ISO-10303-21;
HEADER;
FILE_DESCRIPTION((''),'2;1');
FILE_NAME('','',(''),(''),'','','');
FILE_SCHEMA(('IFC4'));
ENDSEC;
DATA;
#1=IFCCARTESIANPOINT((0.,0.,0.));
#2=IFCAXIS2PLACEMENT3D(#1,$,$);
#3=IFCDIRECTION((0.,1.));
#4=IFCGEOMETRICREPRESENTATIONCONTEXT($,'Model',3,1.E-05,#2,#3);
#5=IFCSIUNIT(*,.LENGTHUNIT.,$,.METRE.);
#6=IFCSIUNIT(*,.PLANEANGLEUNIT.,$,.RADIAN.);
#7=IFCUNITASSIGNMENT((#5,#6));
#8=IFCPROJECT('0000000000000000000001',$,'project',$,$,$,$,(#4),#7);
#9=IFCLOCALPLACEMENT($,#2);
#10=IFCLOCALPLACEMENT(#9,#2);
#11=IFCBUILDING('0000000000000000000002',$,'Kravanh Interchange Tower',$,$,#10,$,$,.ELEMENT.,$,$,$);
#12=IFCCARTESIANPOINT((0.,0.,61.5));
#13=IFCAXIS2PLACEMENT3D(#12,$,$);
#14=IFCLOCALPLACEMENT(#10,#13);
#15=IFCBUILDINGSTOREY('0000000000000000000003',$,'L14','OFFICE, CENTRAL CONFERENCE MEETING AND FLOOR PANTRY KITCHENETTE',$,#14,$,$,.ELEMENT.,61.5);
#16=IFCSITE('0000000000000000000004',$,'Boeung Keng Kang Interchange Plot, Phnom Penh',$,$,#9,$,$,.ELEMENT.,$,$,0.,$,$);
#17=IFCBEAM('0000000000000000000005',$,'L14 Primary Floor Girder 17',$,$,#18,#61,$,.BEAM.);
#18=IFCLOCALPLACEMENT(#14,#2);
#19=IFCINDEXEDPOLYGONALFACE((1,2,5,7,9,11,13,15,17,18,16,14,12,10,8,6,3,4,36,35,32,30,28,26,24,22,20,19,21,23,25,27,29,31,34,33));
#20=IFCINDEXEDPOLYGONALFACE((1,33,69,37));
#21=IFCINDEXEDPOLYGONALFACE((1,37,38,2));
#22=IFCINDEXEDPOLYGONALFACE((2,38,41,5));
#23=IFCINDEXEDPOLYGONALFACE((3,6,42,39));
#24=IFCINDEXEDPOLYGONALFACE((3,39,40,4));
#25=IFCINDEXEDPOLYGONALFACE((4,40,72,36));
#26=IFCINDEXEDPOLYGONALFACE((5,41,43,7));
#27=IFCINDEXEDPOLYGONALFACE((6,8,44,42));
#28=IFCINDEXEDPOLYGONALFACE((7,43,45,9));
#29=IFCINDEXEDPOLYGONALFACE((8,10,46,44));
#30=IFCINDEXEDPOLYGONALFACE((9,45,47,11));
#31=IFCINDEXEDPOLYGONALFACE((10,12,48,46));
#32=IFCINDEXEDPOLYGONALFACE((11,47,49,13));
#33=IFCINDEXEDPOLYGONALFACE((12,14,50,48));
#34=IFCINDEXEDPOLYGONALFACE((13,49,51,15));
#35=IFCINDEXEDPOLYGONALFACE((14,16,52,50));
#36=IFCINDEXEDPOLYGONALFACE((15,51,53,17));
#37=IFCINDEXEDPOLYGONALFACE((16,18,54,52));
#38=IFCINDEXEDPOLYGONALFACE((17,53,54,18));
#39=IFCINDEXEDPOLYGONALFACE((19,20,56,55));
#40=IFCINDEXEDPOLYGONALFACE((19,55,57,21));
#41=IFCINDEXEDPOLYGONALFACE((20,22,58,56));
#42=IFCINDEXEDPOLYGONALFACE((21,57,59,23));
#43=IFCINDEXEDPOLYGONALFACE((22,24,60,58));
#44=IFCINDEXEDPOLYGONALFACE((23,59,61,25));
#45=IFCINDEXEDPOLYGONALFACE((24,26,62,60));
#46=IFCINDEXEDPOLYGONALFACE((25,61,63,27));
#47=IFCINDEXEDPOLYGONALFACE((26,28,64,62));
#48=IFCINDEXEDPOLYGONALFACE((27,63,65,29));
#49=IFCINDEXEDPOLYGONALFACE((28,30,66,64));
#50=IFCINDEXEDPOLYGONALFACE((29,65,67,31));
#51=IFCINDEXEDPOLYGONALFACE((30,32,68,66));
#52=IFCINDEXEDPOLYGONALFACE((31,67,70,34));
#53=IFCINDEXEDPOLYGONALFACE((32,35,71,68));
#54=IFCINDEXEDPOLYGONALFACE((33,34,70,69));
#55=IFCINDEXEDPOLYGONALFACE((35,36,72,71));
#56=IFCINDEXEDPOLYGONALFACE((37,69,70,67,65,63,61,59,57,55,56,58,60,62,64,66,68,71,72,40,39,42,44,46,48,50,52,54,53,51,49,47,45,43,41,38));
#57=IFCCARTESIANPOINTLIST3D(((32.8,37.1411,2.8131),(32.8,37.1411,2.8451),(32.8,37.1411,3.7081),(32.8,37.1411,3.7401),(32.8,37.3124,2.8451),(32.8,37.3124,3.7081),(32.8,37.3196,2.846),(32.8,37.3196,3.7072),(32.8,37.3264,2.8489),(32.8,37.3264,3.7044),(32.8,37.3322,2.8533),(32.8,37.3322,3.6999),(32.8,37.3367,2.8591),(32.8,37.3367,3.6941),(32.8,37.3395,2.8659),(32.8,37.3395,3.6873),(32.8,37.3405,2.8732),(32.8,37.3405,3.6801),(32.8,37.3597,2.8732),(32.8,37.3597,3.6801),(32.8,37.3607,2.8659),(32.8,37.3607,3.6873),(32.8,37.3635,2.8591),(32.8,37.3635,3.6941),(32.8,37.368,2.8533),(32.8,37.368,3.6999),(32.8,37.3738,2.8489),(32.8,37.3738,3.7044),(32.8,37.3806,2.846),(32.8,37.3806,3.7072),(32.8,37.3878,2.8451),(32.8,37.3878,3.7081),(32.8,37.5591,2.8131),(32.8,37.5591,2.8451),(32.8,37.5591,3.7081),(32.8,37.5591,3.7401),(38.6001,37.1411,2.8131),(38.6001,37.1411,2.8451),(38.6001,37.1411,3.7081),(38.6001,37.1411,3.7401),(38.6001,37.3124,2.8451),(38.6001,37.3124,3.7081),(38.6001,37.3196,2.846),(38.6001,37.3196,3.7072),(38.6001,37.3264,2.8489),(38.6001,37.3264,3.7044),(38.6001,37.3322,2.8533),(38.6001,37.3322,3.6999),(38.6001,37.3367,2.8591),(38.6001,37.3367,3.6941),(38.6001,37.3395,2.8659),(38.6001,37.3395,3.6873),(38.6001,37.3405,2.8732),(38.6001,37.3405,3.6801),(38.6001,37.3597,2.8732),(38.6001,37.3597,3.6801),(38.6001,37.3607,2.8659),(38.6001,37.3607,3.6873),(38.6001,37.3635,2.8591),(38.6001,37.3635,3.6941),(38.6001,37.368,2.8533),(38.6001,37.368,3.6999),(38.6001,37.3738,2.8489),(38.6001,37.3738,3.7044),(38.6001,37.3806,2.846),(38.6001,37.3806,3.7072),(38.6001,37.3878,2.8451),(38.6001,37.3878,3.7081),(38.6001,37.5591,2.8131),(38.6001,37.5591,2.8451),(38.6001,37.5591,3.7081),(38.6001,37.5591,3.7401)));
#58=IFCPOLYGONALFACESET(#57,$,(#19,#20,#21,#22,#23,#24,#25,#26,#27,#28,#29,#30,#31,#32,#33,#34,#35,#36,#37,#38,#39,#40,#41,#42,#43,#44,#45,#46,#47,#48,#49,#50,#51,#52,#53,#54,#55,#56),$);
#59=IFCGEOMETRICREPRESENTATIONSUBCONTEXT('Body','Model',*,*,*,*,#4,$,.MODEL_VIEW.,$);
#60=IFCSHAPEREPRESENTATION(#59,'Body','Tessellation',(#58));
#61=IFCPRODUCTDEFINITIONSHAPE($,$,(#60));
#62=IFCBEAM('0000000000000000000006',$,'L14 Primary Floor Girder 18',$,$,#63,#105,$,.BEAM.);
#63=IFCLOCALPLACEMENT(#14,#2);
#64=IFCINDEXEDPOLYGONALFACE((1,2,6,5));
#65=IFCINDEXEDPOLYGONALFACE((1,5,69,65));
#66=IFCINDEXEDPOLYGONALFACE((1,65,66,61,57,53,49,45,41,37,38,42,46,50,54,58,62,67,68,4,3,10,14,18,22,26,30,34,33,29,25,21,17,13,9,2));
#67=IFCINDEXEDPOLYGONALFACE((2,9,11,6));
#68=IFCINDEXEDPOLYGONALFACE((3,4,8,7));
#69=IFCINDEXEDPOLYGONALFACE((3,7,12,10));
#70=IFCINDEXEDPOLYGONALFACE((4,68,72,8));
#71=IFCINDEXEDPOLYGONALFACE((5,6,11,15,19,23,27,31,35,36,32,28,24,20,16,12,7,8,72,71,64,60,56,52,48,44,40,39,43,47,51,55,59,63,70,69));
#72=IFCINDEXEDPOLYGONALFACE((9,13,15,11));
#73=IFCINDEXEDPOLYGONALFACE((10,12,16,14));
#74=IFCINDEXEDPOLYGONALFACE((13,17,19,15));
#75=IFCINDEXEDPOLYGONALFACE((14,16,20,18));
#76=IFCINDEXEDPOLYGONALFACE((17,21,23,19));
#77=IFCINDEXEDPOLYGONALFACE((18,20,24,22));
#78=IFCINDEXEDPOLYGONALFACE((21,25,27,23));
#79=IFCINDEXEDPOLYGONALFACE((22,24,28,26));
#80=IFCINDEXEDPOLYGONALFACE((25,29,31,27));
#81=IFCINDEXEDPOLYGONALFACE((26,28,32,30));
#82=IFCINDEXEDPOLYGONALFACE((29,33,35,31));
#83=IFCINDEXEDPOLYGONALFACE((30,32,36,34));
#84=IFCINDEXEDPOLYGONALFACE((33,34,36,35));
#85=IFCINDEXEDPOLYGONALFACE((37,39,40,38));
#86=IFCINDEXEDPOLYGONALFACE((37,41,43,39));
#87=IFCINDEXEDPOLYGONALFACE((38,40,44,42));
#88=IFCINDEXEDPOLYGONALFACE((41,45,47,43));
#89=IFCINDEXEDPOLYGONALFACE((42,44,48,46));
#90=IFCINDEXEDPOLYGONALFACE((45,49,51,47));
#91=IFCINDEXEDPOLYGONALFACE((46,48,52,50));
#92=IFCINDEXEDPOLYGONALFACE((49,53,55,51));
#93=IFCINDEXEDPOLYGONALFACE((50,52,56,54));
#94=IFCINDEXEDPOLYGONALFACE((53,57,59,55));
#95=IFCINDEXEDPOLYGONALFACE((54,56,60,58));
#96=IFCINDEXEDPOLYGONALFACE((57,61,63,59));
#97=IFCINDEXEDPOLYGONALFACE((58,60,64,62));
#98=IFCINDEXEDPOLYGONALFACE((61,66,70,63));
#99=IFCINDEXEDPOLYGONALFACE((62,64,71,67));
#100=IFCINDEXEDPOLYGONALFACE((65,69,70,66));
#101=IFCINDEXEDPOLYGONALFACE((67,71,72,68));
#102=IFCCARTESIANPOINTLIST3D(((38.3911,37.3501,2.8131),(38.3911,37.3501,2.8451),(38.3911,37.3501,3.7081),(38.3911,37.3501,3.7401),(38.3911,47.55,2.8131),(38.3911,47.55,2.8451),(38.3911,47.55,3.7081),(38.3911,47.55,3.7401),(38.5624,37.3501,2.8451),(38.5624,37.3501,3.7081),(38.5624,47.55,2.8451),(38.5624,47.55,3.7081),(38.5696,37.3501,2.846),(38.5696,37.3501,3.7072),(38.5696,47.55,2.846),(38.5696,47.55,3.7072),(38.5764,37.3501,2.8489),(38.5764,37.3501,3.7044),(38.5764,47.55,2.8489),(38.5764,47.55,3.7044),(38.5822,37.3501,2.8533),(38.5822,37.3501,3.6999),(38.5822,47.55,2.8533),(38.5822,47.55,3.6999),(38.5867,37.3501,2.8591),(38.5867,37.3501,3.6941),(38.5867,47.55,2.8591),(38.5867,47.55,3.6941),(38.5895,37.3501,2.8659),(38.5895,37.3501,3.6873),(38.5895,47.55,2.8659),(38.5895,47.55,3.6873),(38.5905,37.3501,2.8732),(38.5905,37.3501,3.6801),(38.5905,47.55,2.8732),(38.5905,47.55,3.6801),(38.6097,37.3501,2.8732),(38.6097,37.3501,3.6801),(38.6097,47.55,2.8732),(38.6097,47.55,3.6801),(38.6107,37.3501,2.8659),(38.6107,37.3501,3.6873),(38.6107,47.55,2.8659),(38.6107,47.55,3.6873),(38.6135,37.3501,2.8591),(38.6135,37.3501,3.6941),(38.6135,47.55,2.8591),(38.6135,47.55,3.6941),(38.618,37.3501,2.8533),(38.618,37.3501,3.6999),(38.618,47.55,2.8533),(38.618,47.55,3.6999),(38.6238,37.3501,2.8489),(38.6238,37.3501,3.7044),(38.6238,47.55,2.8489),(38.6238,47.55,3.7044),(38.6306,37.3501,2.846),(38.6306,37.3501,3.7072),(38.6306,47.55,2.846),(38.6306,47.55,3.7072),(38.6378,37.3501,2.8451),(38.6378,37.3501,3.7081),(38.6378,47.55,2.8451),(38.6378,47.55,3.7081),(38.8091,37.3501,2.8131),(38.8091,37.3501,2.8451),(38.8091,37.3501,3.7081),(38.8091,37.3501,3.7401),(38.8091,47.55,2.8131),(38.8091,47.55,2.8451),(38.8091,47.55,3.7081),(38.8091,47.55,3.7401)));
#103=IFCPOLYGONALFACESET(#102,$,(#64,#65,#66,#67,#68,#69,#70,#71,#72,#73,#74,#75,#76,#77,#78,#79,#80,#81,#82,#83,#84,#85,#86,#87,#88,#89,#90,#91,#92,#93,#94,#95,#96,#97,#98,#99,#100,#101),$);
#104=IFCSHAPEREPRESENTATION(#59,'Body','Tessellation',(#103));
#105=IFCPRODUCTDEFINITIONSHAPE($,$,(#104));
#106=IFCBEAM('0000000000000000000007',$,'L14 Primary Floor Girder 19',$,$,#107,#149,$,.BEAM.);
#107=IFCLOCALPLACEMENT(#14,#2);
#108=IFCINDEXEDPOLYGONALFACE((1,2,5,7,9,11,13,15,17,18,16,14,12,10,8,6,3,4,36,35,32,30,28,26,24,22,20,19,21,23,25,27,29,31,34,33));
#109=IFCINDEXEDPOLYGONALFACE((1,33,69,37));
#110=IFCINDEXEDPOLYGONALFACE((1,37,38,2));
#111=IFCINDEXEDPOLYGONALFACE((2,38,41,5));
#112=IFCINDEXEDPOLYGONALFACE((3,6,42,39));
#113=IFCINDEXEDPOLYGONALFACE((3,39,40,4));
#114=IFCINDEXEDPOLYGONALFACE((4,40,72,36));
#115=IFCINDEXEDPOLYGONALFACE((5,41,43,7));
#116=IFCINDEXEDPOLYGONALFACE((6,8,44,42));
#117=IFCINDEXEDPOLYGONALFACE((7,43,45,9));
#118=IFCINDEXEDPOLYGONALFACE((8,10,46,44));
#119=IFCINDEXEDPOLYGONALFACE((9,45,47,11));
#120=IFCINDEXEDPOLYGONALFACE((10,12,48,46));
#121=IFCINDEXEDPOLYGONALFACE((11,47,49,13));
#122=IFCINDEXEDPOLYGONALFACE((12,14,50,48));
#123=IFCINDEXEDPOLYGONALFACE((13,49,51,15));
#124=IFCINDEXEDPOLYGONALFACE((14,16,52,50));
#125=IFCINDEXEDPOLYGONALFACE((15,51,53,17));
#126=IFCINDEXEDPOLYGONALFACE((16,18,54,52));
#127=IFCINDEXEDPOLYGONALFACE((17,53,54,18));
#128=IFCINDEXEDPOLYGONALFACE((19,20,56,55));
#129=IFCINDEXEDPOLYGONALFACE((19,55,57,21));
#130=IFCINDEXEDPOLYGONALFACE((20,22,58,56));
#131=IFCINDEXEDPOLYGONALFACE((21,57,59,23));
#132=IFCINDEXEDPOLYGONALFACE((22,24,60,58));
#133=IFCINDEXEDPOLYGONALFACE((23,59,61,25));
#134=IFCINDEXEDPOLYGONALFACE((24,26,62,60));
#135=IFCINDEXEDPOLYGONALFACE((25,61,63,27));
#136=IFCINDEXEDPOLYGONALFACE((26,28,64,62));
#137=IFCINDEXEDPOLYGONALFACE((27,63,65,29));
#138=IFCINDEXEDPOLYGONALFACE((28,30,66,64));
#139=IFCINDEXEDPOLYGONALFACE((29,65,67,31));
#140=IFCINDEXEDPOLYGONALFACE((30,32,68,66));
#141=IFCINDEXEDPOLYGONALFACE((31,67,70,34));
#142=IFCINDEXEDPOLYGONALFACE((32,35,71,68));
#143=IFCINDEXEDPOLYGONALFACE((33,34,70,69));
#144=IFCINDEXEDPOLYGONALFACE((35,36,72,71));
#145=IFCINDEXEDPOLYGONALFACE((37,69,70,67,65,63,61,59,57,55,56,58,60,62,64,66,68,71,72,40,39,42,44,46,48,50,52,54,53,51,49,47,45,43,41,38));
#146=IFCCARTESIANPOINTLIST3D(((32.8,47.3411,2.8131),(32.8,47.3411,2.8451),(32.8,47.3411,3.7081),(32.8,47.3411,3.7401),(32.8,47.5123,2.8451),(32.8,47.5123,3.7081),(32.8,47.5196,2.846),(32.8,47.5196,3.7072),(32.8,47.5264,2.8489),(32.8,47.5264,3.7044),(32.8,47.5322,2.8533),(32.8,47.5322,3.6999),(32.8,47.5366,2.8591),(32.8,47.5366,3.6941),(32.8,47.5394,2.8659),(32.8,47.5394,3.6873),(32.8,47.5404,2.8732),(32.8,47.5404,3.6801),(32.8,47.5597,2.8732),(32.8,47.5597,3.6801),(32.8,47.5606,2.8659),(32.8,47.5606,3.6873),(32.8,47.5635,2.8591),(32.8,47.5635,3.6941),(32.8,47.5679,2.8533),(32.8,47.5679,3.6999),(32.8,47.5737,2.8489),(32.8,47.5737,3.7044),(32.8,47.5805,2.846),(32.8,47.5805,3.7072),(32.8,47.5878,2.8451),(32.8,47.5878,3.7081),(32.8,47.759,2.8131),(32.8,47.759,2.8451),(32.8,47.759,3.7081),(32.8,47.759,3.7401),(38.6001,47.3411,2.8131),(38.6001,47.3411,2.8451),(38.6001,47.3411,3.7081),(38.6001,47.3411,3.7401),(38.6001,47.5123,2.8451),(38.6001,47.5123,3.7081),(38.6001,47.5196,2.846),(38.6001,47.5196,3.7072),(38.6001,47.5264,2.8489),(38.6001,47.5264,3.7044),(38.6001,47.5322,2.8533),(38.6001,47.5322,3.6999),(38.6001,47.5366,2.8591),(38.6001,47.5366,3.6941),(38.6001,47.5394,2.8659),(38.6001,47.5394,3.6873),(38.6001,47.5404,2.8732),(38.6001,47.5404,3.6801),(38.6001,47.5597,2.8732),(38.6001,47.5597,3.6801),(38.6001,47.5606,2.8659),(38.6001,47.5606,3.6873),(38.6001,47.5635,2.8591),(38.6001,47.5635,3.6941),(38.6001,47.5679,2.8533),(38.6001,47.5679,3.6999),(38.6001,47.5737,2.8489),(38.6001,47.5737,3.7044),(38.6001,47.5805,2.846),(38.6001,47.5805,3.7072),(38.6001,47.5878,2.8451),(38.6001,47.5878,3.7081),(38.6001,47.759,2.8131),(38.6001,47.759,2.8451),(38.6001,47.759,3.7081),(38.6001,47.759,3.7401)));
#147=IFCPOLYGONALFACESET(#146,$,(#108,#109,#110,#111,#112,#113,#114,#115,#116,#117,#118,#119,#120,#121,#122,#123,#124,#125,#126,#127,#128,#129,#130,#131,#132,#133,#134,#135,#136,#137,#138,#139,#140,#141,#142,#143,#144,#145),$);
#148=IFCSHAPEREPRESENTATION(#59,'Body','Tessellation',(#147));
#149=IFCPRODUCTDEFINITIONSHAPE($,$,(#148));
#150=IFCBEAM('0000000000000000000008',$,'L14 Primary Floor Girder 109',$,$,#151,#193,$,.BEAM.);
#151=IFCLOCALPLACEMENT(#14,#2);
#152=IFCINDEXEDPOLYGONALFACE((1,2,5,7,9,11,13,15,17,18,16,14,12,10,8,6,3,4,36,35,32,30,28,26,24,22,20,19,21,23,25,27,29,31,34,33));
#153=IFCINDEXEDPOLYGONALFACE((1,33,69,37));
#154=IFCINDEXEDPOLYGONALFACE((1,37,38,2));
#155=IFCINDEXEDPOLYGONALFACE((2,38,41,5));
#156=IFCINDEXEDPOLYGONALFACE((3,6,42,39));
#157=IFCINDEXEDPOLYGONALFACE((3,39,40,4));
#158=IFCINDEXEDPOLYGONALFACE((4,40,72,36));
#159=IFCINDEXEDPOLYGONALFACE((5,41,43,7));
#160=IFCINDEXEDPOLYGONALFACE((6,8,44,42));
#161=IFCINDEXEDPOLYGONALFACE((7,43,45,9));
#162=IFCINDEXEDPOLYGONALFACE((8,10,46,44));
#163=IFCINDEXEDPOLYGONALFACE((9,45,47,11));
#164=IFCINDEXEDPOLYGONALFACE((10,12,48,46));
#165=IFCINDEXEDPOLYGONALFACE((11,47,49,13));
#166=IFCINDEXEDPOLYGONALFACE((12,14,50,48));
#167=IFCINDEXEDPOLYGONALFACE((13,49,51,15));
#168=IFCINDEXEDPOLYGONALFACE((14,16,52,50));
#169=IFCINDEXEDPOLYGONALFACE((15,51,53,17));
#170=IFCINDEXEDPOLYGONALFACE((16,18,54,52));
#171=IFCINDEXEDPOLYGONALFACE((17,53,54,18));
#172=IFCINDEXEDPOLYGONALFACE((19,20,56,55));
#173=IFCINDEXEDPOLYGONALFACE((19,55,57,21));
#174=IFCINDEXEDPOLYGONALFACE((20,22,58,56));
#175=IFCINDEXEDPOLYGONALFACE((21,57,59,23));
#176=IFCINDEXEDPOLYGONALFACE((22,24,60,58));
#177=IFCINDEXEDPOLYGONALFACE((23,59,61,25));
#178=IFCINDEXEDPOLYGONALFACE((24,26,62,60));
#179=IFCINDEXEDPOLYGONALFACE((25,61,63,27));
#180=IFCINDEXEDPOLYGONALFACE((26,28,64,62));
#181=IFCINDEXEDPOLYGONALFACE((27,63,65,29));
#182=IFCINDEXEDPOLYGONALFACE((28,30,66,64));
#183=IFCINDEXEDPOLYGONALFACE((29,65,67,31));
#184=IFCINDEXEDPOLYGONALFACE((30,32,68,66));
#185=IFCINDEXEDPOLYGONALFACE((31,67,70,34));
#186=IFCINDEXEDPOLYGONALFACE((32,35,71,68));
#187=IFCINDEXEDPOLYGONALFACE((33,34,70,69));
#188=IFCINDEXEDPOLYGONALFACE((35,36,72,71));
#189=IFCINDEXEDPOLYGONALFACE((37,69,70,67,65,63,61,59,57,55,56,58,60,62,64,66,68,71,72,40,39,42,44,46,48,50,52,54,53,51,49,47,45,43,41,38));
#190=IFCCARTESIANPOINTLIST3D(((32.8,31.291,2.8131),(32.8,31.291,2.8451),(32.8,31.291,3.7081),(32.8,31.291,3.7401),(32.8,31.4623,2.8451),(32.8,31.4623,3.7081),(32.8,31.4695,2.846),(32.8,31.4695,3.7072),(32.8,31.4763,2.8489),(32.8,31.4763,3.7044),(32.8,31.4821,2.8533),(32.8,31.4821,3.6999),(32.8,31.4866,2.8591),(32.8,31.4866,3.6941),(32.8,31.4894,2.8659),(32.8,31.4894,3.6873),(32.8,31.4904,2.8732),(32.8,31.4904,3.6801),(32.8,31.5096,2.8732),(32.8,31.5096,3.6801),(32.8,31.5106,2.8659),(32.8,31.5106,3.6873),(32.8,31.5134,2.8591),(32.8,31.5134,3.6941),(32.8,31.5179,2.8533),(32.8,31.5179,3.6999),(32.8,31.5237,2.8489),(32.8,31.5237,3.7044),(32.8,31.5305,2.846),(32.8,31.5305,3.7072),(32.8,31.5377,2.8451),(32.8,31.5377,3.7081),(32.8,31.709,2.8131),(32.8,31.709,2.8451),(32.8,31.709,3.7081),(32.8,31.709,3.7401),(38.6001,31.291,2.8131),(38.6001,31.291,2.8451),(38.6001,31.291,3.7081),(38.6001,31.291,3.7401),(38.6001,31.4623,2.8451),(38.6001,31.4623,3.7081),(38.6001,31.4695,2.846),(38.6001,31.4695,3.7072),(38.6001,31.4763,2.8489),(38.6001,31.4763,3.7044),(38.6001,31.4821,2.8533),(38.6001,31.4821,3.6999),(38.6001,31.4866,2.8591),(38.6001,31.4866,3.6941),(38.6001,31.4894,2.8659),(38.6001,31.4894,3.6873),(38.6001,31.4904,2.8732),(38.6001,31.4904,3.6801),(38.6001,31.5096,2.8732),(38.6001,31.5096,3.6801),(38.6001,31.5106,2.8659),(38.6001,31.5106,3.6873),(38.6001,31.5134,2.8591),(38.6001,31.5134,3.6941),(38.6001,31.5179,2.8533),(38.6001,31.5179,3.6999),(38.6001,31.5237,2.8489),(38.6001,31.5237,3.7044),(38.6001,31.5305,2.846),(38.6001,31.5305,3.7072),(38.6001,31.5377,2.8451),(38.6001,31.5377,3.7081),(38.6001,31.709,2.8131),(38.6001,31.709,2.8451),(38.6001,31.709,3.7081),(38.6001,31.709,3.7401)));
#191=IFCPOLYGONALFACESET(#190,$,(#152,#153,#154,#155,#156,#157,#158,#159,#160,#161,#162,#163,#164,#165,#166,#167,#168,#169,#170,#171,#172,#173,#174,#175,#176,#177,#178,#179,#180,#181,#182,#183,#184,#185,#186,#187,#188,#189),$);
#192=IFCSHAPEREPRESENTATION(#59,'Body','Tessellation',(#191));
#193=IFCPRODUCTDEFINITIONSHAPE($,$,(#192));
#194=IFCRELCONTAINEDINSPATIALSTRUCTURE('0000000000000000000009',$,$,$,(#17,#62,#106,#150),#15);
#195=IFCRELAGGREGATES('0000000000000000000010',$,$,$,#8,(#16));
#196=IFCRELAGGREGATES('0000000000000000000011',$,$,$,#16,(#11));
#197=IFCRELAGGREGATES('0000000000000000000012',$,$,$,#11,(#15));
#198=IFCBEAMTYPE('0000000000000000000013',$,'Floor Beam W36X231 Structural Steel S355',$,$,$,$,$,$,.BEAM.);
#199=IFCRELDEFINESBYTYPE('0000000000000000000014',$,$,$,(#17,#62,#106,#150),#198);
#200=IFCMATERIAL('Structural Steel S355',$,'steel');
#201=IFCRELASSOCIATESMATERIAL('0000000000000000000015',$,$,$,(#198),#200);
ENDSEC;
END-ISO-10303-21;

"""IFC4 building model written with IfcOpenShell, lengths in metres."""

from ifc_helpers import new_model, si_unit, direction, frame, origin, origin_2d, place, context, subcontext, project, spatial, i_section, extrude, material, material_profile, profile_set, type_object, element, save


model = new_model("IFC4")

# Units and contexts
model_context = context("Model", 3, precision=1e-05, world=origin(), true_north=direction((0.0, 1.0)))
body_context = subcontext(model_context, "Body", "Model", "MODEL_VIEW")
ifc_project = project(units=[si_unit("LENGTHUNIT", "METRE"), si_unit("PLANEANGLEUNIT", "RADIAN")], contexts=[model_context])

# Site, building, storey
site_placement = place(None, origin())
site = spatial("IfcSite", under=ifc_project, at=site_placement, Name="Boeung Keng Kang Interchange Plot, Phnom Penh", CompositionType="ELEMENT", RefElevation=0.0)
building_placement = place(site_placement, origin())
building = spatial("IfcBuilding", under=site, at=building_placement, Name="Kravanh Interchange Tower", CompositionType="ELEMENT")
storey_placement = place(building_placement, frame((0.0, 0.0, 61.5)))
storey = spatial("IfcBuildingStorey", under=building, at=storey_placement, Name="L14", Description="OFFICE, CENTRAL CONFERENCE MEETING AND FLOOR PANTRY KITCHENETTE", CompositionType="ELEMENT", Elevation=61.5)

# Beams
ifc_material_1 = material(Name="Structural Steel S355", Category="steel")
ifc_material_profile_1 = material_profile(ifc_material_1, i_section(OverallWidth=0.418, OverallDepth=0.927, WebThickness=0.0193, FlangeThickness=0.032, FilletRadius=0.0281, at=origin_2d()), Name="W36X231")
ifc_profile_set_1 = profile_set([ifc_material_profile_1], Name="Structural Steel S355")
beam_type_1 = type_object("IfcBeamType", Name="Floor Beam W36X231 Structural Steel S355", PredefinedType="BEAM", material=ifc_profile_set_1)
beam_1_placement = place(storey_placement, frame((38.6001, 37.3501, 3.2766), z_axis=(-1.0, 0.0, 0.0), x_axis=(0.0, -1.0, 0.0)))
element("IfcBeam", 1, at=beam_1_placement, inside=storey, type_object=beam_type_1, Name="L14 Primary Floor Girder 17", PredefinedType="BEAM", context=body_context, shape_type="SweptSolid", body=[
    extrude(i_section(OverallWidth=0.418, OverallDepth=0.927, WebThickness=0.0193, FlangeThickness=0.032, FilletRadius=0.0281, at=origin_2d()), origin(), (0.0, 0.0, 1.0), 5.8),
])
beam_2_placement = place(storey_placement, frame((38.6001, 37.3501, 3.2766), z_axis=(0.0, 1.0, 0.0), x_axis=(-1.0, 0.0, 0.0)))
element("IfcBeam", 2, at=beam_2_placement, inside=storey, type_object=beam_type_1, Name="L14 Primary Floor Girder 18", PredefinedType="BEAM", context=body_context, shape_type="SweptSolid", body=[
    extrude(i_section(OverallWidth=0.418, OverallDepth=0.927, WebThickness=0.0193, FlangeThickness=0.032, FilletRadius=0.0281, at=origin_2d()), origin(), (0.0, 0.0, 1.0), 10.2),
])
for number, where, z_axis, x_axis, name in (
    (3, (38.6001, 47.55, 3.2766), (-1.0, 0.0, 0.0), (0.0, -1.0, 0.0), "L14 Primary Floor Girder 19"),
    (4, (32.8, 31.5, 3.2766), (1.0, 0.0, 0.0), (0.0, 1.0, 0.0), "L14 Primary Floor Girder 109"),
):
    element("IfcBeam", number, at=place(storey_placement, frame(where, z_axis=z_axis, x_axis=x_axis)), inside=storey, type_object=beam_type_1, Name=name, PredefinedType="BEAM", context=body_context, shape_type="SweptSolid", body=[
        extrude(i_section(OverallWidth=0.418, OverallDepth=0.927, WebThickness=0.0193, FlangeThickness=0.032, FilletRadius=0.0281, at=origin_2d()), origin(), (0.0, 0.0, 1.0), 5.8),
    ])

save(model, "model.ifc")
